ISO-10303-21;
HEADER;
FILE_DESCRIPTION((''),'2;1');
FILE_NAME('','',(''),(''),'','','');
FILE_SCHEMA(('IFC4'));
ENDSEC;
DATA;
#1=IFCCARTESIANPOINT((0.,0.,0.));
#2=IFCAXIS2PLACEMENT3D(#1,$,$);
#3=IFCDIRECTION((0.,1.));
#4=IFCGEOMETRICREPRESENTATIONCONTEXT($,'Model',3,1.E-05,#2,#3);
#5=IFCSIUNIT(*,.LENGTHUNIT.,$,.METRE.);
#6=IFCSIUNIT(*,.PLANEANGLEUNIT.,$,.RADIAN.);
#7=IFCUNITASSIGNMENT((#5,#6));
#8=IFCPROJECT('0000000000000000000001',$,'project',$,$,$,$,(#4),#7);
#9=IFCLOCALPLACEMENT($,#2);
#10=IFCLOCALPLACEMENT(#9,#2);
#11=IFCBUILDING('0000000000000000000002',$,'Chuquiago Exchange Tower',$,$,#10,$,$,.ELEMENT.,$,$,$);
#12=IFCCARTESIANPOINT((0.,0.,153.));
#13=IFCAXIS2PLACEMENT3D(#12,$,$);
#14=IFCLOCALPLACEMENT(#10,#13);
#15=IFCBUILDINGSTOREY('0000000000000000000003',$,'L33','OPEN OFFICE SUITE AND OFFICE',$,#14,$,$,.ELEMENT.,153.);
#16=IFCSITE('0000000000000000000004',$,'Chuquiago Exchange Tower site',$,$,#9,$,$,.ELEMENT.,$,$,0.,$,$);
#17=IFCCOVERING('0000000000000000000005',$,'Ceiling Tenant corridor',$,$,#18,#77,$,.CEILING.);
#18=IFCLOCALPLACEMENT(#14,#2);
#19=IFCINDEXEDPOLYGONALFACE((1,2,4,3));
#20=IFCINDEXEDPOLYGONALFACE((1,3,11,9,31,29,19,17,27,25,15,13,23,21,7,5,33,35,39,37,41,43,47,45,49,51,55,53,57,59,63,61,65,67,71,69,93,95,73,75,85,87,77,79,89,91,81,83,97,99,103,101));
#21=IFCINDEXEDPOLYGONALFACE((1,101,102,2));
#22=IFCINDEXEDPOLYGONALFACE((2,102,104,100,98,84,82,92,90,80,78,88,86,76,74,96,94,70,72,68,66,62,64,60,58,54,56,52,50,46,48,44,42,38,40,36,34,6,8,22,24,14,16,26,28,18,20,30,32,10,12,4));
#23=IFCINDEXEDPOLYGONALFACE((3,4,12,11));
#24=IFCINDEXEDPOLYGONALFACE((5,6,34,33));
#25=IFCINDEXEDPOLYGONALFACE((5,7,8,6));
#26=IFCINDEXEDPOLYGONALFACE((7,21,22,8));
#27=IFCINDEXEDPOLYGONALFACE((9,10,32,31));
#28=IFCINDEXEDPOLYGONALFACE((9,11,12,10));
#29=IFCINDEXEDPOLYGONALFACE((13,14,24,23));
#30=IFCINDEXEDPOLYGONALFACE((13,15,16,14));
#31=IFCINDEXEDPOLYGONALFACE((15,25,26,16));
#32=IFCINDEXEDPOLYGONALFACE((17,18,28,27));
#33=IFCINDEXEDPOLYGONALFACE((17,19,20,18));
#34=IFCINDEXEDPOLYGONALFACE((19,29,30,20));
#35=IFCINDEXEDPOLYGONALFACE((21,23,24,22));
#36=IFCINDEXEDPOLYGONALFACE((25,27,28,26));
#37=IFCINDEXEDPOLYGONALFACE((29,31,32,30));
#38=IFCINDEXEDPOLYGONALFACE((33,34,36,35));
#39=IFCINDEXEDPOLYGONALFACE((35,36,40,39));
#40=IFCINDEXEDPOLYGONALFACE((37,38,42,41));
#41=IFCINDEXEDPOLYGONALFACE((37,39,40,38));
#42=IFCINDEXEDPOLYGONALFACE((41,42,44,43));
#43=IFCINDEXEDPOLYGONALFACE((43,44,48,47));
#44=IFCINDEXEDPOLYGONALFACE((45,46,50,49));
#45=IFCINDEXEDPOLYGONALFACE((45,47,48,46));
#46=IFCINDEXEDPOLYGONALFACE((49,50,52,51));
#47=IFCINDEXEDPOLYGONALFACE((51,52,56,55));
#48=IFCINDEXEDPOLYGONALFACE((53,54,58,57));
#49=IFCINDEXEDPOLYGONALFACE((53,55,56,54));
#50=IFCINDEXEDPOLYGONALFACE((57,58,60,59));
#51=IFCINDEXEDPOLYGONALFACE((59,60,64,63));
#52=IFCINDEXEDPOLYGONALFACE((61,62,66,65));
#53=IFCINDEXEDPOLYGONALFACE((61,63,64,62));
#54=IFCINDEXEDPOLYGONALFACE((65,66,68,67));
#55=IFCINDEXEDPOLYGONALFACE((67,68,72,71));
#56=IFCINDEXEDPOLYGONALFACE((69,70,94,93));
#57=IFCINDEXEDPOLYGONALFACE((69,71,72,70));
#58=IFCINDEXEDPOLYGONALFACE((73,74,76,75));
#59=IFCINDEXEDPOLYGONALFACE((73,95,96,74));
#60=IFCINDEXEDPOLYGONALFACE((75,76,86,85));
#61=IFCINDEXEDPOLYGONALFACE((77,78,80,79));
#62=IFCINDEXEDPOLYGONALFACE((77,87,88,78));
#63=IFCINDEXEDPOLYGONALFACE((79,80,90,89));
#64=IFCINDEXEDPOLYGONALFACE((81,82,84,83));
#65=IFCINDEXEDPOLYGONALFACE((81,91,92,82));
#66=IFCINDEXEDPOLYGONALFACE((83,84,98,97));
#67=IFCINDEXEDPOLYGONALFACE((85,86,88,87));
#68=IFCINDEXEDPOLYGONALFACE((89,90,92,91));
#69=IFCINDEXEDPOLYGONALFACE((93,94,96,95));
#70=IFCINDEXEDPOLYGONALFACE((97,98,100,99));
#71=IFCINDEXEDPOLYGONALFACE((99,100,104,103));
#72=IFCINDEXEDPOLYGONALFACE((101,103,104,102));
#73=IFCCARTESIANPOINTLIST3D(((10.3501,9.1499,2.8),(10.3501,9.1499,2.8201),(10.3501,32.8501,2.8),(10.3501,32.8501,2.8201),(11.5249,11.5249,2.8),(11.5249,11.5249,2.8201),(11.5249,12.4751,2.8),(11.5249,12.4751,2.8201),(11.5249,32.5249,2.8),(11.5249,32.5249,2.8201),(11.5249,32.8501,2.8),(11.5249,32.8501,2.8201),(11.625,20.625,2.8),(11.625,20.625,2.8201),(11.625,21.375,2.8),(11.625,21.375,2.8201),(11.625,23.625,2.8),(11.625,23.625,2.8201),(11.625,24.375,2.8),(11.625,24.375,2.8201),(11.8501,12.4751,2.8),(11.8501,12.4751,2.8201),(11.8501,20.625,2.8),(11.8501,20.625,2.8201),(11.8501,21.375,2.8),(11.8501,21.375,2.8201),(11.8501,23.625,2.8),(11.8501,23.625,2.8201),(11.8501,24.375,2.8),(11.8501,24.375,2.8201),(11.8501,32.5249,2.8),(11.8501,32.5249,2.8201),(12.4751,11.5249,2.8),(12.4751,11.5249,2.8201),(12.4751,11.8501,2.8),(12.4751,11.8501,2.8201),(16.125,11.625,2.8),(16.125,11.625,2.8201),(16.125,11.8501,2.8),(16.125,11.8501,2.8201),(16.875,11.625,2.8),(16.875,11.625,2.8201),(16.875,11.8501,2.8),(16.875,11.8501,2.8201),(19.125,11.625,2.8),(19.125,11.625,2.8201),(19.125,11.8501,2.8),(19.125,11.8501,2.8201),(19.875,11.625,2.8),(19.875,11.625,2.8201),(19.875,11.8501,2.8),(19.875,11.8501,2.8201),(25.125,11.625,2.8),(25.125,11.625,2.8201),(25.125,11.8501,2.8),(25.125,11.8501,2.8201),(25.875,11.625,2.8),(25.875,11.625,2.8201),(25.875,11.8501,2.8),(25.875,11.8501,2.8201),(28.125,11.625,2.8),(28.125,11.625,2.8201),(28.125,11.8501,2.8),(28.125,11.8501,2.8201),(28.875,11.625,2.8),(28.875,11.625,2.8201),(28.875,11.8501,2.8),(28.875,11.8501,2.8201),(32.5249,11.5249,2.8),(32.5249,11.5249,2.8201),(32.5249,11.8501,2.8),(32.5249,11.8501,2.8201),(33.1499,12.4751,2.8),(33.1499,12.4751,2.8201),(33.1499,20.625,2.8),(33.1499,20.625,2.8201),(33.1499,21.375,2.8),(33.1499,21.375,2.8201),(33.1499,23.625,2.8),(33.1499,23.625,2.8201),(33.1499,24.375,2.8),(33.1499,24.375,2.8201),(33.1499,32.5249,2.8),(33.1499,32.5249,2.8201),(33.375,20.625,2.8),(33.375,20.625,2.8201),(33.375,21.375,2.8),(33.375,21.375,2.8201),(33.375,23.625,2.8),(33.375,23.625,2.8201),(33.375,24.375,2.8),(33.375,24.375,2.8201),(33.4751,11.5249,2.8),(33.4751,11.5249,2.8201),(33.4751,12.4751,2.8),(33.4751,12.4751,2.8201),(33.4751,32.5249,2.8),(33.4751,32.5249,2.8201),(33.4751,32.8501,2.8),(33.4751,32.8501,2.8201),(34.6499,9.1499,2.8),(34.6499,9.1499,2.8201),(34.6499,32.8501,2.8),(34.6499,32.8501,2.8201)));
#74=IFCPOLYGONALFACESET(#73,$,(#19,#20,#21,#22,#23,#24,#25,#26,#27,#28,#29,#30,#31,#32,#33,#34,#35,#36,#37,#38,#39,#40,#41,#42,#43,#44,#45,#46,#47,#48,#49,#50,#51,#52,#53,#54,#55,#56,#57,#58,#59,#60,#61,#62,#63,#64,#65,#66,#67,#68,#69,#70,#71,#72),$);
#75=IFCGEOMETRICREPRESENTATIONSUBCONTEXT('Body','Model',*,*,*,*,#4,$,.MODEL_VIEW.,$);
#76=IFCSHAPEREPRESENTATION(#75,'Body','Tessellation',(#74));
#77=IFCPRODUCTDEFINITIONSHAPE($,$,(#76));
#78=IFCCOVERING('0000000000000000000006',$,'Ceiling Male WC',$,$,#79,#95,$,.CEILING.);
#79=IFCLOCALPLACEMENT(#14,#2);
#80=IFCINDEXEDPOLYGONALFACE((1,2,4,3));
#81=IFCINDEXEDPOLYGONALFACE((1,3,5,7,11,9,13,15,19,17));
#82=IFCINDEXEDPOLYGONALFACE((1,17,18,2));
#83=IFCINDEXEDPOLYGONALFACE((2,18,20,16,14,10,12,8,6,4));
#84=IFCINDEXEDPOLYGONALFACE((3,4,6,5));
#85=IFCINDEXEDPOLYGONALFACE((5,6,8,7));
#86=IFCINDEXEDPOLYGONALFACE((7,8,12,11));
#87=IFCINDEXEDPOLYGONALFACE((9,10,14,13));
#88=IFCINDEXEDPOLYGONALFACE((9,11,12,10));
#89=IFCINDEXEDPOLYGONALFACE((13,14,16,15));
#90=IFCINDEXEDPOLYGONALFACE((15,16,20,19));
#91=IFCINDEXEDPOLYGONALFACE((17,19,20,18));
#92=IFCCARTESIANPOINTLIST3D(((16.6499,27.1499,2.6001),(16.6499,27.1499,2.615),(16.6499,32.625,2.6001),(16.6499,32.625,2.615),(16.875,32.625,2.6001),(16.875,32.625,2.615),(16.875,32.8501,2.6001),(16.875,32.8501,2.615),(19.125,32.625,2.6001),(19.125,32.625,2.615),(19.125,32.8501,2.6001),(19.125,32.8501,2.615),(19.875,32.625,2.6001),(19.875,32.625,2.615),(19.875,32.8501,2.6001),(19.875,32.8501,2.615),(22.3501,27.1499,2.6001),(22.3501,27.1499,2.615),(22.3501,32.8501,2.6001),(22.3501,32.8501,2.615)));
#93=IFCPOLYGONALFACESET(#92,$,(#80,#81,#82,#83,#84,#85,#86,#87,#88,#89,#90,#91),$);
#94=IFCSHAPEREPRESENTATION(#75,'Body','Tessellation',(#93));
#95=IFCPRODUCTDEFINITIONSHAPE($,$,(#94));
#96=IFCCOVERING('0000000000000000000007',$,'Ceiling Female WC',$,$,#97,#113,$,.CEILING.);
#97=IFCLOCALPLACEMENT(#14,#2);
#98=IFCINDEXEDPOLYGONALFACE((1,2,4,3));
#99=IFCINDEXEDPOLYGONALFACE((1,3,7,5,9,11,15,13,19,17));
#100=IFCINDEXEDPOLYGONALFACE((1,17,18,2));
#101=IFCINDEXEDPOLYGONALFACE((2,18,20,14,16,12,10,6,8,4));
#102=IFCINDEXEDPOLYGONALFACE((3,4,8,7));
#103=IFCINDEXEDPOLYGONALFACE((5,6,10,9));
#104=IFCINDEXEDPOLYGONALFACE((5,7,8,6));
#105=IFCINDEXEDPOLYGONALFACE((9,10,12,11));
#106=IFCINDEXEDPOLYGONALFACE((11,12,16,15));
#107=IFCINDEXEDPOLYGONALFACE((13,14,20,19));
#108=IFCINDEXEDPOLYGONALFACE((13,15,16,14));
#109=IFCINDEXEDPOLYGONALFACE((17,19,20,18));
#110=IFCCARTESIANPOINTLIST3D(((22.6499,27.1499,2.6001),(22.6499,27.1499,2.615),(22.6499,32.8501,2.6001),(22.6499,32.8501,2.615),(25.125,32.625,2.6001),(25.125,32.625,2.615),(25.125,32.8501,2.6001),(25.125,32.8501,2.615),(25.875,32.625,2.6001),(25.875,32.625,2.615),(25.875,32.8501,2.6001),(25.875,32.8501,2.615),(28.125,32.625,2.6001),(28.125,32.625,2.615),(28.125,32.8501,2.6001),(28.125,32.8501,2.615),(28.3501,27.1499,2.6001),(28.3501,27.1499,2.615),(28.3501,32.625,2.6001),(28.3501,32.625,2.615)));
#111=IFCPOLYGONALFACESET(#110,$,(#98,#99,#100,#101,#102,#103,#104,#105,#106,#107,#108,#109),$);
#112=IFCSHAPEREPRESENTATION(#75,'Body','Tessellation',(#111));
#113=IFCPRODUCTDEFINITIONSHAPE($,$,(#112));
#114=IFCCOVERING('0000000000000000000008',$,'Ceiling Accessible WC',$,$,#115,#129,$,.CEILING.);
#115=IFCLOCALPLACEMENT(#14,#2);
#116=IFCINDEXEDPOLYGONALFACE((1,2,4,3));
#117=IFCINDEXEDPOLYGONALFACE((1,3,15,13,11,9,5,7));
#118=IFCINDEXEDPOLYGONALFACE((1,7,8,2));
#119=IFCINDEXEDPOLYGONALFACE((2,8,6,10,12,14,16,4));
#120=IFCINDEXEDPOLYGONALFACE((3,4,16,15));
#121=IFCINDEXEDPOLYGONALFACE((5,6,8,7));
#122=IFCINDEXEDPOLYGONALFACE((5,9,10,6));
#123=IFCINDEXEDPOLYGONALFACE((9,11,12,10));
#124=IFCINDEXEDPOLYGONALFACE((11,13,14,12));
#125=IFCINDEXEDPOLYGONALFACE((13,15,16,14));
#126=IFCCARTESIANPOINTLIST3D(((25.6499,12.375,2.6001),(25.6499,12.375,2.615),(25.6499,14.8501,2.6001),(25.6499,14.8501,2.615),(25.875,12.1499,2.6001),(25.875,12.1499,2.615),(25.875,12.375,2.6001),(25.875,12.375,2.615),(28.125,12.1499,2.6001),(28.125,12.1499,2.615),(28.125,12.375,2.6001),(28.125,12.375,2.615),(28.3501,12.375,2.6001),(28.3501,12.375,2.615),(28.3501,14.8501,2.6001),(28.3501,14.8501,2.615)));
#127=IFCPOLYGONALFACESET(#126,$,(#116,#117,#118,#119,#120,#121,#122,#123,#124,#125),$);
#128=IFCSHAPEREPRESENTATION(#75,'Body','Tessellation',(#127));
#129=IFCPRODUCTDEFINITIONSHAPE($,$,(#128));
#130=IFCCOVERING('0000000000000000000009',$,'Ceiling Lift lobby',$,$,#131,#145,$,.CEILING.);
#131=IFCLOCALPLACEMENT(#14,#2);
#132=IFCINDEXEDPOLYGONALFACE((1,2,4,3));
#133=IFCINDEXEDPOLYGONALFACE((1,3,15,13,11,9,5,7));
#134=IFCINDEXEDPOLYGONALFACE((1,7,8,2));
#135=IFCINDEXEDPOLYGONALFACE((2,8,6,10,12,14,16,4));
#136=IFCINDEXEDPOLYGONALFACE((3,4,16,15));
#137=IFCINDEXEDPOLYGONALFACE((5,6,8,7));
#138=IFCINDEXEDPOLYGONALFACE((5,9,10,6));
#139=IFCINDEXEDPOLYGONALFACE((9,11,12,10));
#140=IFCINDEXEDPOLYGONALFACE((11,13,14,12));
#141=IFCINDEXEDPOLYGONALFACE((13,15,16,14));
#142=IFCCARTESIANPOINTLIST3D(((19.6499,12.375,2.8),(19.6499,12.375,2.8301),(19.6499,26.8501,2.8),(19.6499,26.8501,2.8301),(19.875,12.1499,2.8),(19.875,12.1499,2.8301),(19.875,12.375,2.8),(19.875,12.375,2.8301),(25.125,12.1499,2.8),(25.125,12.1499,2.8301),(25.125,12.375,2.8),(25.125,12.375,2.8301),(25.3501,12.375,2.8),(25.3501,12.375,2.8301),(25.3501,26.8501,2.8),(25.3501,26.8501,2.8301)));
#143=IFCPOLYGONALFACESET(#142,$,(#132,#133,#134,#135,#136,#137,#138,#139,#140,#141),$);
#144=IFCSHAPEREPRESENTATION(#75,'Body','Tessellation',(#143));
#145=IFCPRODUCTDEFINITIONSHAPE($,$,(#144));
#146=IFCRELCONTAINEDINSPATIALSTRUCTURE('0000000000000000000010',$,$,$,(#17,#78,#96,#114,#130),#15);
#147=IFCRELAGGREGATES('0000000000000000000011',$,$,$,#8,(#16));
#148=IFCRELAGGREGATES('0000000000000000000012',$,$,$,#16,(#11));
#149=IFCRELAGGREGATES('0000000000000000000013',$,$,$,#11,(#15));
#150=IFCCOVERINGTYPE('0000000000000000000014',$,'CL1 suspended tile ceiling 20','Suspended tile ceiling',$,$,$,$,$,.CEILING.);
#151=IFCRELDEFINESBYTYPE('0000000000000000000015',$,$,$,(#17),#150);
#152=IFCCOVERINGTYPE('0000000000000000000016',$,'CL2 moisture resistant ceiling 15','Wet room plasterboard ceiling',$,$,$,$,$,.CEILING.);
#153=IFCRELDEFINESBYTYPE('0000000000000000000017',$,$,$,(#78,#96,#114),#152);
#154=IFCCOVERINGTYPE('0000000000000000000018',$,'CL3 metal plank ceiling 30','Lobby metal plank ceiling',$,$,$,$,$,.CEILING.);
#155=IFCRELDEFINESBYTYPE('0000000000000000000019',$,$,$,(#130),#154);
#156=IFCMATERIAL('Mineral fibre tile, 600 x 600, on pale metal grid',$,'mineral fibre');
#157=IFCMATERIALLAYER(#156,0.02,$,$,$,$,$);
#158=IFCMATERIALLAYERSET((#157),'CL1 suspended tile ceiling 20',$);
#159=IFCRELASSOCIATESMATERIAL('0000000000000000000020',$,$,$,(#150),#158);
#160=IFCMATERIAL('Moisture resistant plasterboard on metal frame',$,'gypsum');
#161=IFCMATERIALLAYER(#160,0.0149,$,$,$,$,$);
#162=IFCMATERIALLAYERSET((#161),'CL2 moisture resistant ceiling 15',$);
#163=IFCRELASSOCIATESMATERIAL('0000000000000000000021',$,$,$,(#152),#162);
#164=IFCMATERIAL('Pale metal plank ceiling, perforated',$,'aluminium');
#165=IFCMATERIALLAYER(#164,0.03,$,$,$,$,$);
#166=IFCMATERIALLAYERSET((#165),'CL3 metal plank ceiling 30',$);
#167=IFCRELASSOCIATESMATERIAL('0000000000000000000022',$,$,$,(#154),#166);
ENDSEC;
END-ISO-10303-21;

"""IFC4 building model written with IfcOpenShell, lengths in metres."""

from ifc_helpers import new_model, si_unit, direction, frame, origin, place, context, subcontext, project, spatial, polyline, outline, extrude, material, layer, layer_set, type_object, element, save


model = new_model("IFC4")

# Units and contexts
model_context = context("Model", 3, precision=1e-05, world=origin(), true_north=direction((0.0, 1.0)))
body_context = subcontext(model_context, "Body", "Model", "MODEL_VIEW")
ifc_project = project(units=[si_unit("LENGTHUNIT", "METRE"), si_unit("PLANEANGLEUNIT", "RADIAN")], contexts=[model_context])

# Site, building, storey
site_placement = place(None, origin())
site = spatial("IfcSite", under=ifc_project, at=site_placement, Name="Chuquiago Exchange Tower site", CompositionType="ELEMENT", RefElevation=0.0)
building_placement = place(site_placement, origin())
building = spatial("IfcBuilding", under=site, at=building_placement, Name="Chuquiago Exchange Tower", CompositionType="ELEMENT")
storey_placement = place(building_placement, frame((0.0, 0.0, 153.0)))
storey = spatial("IfcBuildingStorey", under=building, at=storey_placement, Name="L33", Description="OPEN OFFICE SUITE AND OFFICE", CompositionType="ELEMENT", Elevation=153.0)

# Coverings
ifc_material_1 = material(Name="Mineral fibre tile, 600 x 600, on pale metal grid", Category="mineral fibre")
ifc_layer_1 = layer(ifc_material_1, 0.02)
ifc_layer_set_1 = layer_set([ifc_layer_1], Name="CL1 suspended tile ceiling 20")
covering_type_1 = type_object("IfcCoveringType", Name="CL1 suspended tile ceiling 20", Description="Suspended tile ceiling", PredefinedType="CEILING", material=ifc_layer_set_1)
covering_1_placement = place(storey_placement, frame((0.0, 0.0, 2.8)))
element("IfcCovering", 1, at=covering_1_placement, inside=storey, type_object=covering_type_1, Name="Ceiling Tenant corridor", PredefinedType="CEILING", context=body_context, shape_type="SweptSolid", body=[
    extrude(outline(polyline([(16.125, 11.8501), (16.125, 11.625), (16.875, 11.625), (16.875, 11.8501), (19.125, 11.8501), (19.125, 11.625), (19.875, 11.625), (19.875, 11.8501), (25.125, 11.8501), (25.125, 11.625), (25.875, 11.625), (25.875, 11.8501), (28.125, 11.8501), (28.125, 11.625), (28.875, 11.625), (28.875, 11.8501), (32.5249, 11.8501), (32.5249, 11.5249), (33.4751, 11.5249), (33.4751, 12.4751), (33.1499, 12.4751), (33.1499, 20.625), (33.375, 20.625), (33.375, 21.375), (33.1499, 21.375), (33.1499, 23.625), (33.375, 23.625), (33.375, 24.375), (33.1499, 24.375), (33.1499, 32.5249), (33.4751, 32.5249), (33.4751, 32.8501), (34.6499, 32.8501), (34.6499, 9.1499), (10.3501, 9.1499), (10.3501, 32.8501), (11.5249, 32.8501), (11.5249, 32.5249), (11.8501, 32.5249), (11.8501, 24.375), (11.625, 24.375), (11.625, 23.625), (11.8501, 23.625), (11.8501, 21.375), (11.625, 21.375), (11.625, 20.625), (11.8501, 20.625), (11.8501, 12.4751), (11.5249, 12.4751), (11.5249, 11.5249), (12.4751, 11.5249), (12.4751, 11.8501), (16.125, 11.8501)])), origin(), (0.0, 0.0, 1.0), 0.02),
])
ifc_material_2 = material(Name="Moisture resistant plasterboard on metal frame", Category="gypsum")
ifc_layer_2 = layer(ifc_material_2, 0.0149)
ifc_layer_set_2 = layer_set([ifc_layer_2], Name="CL2 moisture resistant ceiling 15")
covering_type_2 = type_object("IfcCoveringType", Name="CL2 moisture resistant ceiling 15", Description="Wet room plasterboard ceiling", PredefinedType="CEILING", material=ifc_layer_set_2)
covering_2_placement = place(storey_placement, frame((0.0, 0.0, 2.6001)))
element("IfcCovering", 2, at=covering_2_placement, inside=storey, type_object=covering_type_2, Name="Ceiling Male WC", PredefinedType="CEILING", context=body_context, shape_type="SweptSolid", body=[
    extrude(outline(polyline([(16.6499, 27.1499), (16.6499, 32.625), (16.875, 32.625), (16.875, 32.8501), (19.125, 32.8501), (19.125, 32.625), (19.875, 32.625), (19.875, 32.8501), (22.3501, 32.8501), (22.3501, 27.1499), (16.6499, 27.1499)])), origin(), (0.0, 0.0, 1.0), 0.0149),
])
covering_3_placement = place(storey_placement, frame((0.0, 0.0, 2.6001)))
element("IfcCovering", 3, at=covering_3_placement, inside=storey, type_object=covering_type_2, Name="Ceiling Female WC", PredefinedType="CEILING", context=body_context, shape_type="SweptSolid", body=[
    extrude(outline(polyline([(22.6499, 27.1499), (22.6499, 32.8501), (25.125, 32.8501), (25.125, 32.625), (25.875, 32.625), (25.875, 32.8501), (28.125, 32.8501), (28.125, 32.625), (28.3501, 32.625), (28.3501, 27.1499), (22.6499, 27.1499)])), origin(), (0.0, 0.0, 1.0), 0.0149),
])
covering_4_placement = place(storey_placement, frame((0.0, 0.0, 2.6001)))
element("IfcCovering", 4, at=covering_4_placement, inside=storey, type_object=covering_type_2, Name="Ceiling Accessible WC", PredefinedType="CEILING", context=body_context, shape_type="SweptSolid", body=[
    extrude(outline(polyline([(25.875, 12.1499), (25.875, 12.375), (25.6499, 12.375), (25.6499, 14.8501), (28.3501, 14.8501), (28.3501, 12.375), (28.125, 12.375), (28.125, 12.1499), (25.875, 12.1499)])), origin(), (0.0, 0.0, 1.0), 0.0149),
])
ifc_material_3 = material(Name="Pale metal plank ceiling, perforated", Category="aluminium")
ifc_layer_3 = layer(ifc_material_3, 0.03)
ifc_layer_set_3 = layer_set([ifc_layer_3], Name="CL3 metal plank ceiling 30")
covering_type_3 = type_object("IfcCoveringType", Name="CL3 metal plank ceiling 30", Description="Lobby metal plank ceiling", PredefinedType="CEILING", material=ifc_layer_set_3)
covering_5_placement = place(storey_placement, frame((0.0, 0.0, 2.8)))
element("IfcCovering", 5, at=covering_5_placement, inside=storey, type_object=covering_type_3, Name="Ceiling Lift lobby", PredefinedType="CEILING", context=body_context, shape_type="SweptSolid", body=[
    extrude(outline(polyline([(19.875, 12.1499), (19.875, 12.375), (19.6499, 12.375), (19.6499, 26.8501), (25.3501, 26.8501), (25.3501, 12.375), (25.125, 12.375), (25.125, 12.1499), (19.875, 12.1499)])), origin(), (0.0, 0.0, 1.0), 0.03),
])

save(model, "model.ifc")
